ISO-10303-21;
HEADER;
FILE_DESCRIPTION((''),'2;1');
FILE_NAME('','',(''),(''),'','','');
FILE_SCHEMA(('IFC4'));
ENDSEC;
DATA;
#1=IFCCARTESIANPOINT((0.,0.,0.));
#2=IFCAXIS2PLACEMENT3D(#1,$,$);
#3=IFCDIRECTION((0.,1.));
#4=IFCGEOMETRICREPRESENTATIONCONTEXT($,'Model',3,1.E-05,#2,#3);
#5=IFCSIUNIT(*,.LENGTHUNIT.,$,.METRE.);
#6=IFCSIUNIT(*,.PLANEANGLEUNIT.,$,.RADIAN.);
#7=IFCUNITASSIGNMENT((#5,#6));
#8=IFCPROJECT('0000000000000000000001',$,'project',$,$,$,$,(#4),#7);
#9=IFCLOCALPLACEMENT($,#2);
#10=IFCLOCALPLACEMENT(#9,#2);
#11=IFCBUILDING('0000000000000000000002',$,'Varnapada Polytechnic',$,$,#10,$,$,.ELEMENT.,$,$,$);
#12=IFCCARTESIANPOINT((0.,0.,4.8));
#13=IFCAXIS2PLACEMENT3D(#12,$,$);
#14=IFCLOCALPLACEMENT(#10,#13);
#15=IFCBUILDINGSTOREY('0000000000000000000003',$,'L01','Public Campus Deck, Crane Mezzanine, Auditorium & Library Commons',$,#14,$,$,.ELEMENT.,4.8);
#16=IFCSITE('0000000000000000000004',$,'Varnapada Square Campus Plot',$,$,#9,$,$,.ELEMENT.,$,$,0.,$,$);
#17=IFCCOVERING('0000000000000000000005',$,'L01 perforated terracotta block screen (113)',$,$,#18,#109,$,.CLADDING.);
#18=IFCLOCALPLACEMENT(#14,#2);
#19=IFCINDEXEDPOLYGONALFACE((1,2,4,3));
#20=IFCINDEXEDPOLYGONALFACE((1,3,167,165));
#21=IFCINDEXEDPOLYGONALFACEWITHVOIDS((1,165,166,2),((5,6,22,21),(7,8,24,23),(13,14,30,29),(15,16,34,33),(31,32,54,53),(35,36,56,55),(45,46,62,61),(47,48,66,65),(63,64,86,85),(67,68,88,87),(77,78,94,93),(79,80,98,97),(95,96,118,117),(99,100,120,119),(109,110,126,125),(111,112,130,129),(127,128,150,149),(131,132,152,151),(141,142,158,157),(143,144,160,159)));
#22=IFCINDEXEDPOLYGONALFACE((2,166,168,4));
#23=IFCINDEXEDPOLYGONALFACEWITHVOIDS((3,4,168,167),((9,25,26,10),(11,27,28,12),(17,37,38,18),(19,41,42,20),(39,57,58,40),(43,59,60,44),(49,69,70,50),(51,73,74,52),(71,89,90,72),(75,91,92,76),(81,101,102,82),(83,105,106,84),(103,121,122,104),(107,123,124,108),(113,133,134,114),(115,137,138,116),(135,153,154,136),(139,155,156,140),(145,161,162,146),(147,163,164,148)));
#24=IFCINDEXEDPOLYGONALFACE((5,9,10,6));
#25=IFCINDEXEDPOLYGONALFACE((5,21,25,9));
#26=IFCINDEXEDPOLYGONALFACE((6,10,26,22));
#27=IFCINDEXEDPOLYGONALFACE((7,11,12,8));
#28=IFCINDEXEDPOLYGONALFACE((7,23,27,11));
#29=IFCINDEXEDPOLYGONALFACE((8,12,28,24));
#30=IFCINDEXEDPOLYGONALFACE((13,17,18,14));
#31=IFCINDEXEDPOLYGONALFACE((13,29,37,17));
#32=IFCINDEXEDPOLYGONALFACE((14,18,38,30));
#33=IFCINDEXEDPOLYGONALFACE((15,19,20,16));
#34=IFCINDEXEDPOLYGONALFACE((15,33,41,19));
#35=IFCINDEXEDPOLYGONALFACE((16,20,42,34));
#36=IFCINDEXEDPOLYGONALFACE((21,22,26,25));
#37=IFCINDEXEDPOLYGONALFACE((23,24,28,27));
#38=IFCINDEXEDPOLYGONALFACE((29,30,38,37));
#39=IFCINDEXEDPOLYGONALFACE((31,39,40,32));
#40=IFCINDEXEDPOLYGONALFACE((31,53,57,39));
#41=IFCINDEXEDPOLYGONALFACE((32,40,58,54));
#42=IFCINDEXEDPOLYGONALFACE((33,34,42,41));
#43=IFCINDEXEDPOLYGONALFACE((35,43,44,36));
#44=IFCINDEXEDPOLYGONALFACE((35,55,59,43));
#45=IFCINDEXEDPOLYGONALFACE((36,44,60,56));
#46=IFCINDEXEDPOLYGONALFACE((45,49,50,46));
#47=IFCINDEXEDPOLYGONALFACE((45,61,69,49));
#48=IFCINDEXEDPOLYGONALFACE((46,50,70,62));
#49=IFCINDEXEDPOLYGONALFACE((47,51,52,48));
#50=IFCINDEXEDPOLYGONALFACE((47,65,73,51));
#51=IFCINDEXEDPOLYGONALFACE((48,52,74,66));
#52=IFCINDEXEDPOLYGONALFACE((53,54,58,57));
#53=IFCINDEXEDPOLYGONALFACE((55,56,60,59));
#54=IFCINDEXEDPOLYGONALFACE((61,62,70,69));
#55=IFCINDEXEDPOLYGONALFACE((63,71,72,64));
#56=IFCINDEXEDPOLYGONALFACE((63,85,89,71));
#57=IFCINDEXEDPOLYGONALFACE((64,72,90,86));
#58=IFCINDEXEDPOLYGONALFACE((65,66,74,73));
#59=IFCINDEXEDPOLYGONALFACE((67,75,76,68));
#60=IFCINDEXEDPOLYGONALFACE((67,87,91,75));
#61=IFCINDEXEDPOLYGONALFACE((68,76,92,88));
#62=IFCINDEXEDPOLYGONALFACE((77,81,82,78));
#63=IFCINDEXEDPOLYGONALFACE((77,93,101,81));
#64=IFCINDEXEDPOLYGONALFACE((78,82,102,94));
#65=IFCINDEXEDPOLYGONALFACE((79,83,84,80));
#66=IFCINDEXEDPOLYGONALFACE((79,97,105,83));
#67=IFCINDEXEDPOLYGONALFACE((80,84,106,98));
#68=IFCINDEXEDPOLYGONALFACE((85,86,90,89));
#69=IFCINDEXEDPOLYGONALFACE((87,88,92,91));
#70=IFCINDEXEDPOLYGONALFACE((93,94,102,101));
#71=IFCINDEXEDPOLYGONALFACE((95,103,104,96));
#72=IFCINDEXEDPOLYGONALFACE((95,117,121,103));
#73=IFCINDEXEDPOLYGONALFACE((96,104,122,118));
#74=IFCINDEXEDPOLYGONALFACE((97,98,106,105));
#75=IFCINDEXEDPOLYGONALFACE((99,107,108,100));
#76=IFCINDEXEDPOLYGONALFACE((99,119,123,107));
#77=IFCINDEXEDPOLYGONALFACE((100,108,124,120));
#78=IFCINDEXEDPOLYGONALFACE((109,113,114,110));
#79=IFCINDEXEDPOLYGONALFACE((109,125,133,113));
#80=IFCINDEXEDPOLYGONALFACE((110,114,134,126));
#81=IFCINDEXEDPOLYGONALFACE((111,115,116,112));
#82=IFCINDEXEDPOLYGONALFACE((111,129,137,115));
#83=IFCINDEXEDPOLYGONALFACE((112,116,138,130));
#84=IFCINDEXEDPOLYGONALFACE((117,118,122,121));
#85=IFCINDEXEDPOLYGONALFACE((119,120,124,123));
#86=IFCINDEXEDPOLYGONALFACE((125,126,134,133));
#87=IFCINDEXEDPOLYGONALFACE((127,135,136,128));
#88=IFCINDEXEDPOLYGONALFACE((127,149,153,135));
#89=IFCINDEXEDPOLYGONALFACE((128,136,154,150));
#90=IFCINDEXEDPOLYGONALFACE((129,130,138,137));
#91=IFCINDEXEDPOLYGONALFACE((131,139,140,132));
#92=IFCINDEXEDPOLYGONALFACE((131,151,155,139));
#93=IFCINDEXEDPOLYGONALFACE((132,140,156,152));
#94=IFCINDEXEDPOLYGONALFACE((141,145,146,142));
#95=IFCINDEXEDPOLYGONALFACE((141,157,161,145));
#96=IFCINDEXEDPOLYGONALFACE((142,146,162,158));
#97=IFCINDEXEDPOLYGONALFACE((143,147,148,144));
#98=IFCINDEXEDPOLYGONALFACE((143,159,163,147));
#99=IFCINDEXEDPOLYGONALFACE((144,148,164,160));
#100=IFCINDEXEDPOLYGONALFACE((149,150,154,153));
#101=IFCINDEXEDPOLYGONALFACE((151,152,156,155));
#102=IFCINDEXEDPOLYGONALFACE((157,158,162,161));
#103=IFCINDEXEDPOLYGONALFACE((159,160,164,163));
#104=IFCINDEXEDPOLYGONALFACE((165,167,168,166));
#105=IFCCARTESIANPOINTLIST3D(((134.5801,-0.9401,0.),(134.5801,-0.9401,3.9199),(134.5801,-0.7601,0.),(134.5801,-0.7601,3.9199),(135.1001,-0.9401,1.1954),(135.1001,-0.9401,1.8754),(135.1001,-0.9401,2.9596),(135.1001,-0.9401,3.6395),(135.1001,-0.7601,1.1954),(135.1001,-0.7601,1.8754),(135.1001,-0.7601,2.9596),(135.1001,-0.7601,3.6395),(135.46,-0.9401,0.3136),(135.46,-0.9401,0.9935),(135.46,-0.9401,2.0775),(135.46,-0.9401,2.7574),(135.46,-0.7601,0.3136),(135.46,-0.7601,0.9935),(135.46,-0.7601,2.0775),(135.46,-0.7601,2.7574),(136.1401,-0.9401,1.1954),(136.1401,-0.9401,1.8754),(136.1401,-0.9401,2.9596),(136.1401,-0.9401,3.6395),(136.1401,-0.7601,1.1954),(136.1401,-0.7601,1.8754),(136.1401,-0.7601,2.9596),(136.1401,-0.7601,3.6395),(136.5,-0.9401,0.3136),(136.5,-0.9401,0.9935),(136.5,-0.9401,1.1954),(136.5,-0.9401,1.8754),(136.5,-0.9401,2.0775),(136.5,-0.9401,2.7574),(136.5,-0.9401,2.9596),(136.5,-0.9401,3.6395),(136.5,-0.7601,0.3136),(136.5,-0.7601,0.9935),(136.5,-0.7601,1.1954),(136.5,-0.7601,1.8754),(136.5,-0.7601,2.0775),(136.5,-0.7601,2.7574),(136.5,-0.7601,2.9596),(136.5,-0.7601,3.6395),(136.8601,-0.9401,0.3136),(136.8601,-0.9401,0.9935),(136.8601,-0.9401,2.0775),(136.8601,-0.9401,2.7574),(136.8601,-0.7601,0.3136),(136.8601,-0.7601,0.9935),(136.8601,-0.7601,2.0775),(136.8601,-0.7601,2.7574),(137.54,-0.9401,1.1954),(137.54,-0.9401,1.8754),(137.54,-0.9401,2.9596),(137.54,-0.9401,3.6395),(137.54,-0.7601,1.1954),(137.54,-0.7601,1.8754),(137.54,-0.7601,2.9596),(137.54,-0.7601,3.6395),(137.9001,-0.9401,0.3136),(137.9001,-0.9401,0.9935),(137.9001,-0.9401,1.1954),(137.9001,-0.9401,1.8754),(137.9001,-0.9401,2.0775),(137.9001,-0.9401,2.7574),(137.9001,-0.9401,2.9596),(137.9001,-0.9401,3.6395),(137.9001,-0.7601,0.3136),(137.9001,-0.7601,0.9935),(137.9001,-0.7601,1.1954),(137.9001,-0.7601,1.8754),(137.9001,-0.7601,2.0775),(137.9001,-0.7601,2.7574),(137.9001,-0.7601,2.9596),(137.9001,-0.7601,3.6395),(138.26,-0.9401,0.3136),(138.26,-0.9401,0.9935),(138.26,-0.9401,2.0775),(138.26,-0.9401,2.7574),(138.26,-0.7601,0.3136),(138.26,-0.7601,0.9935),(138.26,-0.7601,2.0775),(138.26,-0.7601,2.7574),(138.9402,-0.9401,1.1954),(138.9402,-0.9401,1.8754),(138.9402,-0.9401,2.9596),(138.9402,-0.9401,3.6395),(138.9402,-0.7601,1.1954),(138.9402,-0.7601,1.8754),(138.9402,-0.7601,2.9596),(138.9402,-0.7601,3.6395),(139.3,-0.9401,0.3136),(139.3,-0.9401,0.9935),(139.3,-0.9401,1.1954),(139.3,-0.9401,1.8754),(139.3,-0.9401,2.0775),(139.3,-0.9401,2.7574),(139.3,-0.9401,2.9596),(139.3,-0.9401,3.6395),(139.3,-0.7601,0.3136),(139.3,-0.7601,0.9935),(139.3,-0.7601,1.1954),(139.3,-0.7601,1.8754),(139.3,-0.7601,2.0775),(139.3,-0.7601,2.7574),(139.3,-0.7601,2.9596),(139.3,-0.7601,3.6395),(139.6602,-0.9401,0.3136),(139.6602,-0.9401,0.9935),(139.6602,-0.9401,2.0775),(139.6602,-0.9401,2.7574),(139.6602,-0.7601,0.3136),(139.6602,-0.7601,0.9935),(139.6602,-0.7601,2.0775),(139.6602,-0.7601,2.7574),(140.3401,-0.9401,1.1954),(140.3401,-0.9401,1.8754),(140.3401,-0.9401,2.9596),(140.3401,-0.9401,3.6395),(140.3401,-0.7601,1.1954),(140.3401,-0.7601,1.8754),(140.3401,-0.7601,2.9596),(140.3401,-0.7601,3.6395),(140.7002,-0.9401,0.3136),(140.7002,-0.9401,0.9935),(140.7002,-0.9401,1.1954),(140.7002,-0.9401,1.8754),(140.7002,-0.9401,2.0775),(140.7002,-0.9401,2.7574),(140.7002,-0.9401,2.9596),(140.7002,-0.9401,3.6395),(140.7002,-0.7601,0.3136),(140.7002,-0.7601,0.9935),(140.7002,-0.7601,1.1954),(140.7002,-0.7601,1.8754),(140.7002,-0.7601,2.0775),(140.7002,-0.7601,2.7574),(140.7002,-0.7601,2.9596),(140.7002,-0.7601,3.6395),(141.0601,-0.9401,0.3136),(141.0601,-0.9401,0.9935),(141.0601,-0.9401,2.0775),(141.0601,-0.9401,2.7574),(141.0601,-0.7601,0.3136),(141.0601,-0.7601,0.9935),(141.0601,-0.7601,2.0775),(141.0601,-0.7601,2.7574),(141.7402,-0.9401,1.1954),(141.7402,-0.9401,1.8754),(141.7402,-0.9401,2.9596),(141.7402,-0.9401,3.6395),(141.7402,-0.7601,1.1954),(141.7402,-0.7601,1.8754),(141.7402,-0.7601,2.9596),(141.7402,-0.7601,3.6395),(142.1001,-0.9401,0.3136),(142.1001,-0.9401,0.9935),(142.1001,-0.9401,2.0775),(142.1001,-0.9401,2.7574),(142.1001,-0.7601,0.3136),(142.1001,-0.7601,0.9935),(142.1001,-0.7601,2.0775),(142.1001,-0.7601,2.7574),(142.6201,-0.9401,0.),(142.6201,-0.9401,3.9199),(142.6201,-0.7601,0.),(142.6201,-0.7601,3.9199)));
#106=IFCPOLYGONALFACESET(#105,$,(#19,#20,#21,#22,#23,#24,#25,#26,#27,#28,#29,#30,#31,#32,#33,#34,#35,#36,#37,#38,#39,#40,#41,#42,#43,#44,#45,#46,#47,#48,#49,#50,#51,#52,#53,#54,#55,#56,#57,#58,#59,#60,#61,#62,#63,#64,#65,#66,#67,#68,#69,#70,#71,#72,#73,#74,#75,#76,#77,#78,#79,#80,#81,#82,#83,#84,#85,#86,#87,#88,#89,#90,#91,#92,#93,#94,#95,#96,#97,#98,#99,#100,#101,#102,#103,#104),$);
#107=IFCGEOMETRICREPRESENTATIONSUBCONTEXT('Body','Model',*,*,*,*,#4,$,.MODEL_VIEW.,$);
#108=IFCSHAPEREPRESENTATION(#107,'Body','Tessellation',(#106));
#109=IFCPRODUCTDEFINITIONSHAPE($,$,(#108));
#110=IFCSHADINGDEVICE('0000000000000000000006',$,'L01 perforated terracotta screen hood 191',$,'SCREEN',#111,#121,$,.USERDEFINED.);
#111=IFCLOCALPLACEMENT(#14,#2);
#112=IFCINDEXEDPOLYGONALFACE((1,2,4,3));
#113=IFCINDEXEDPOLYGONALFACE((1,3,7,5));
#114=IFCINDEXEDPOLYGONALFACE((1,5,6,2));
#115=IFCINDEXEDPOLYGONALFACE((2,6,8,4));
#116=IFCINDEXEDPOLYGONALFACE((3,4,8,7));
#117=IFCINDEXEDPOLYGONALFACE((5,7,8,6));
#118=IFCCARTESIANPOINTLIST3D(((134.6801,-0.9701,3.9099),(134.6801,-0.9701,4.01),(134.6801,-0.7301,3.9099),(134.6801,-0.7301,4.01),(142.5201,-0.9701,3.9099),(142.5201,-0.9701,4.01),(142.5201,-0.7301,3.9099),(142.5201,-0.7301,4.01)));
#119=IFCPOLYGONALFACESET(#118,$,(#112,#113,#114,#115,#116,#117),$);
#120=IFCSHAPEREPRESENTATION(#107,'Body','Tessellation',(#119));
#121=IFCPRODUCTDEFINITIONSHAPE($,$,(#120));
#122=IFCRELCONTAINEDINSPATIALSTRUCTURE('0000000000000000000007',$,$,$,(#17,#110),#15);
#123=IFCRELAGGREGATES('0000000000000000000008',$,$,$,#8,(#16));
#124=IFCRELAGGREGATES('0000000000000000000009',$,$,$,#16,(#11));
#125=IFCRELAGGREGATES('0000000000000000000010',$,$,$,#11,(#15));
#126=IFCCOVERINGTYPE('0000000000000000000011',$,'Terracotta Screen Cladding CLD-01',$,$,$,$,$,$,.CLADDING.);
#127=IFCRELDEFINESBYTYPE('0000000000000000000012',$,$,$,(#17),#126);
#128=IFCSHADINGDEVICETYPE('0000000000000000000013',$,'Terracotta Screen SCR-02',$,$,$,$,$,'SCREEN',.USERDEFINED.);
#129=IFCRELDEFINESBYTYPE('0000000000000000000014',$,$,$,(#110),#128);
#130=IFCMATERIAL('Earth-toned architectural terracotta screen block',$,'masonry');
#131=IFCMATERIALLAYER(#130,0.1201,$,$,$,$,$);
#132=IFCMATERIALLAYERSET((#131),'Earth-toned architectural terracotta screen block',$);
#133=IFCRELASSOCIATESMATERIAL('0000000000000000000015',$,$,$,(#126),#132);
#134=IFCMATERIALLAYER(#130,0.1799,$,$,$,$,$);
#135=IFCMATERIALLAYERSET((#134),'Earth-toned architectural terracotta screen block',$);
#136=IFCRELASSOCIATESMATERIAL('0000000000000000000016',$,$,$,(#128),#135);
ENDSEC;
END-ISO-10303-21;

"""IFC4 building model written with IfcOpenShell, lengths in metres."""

from ifc_helpers import new_model, si_unit, direction, frame, frame_2d, origin, origin_2d, place, context, subcontext, project, spatial, rectangle, extrude, material, layer, layer_set, type_object, element, save


model = new_model("IFC4")

# Units and contexts
model_context = context("Model", 3, precision=1e-05, world=origin(), true_north=direction((0.0, 1.0)))
body_context = subcontext(model_context, "Body", "Model", "MODEL_VIEW")
ifc_project = project(units=[si_unit("LENGTHUNIT", "METRE"), si_unit("PLANEANGLEUNIT", "RADIAN")], contexts=[model_context])

# Site, building, storey
site_placement = place(None, origin())
site = spatial("IfcSite", under=ifc_project, at=site_placement, Name="Varnapada Square Campus Plot", CompositionType="ELEMENT", RefElevation=0.0)
building_placement = place(site_placement, origin())
building = spatial("IfcBuilding", under=site, at=building_placement, Name="Varnapada Polytechnic", CompositionType="ELEMENT")
storey_placement = place(building_placement, frame((0.0, 0.0, 4.8)))
storey = spatial("IfcBuildingStorey", under=building, at=storey_placement, Name="L01", Description="Public Campus Deck, Crane Mezzanine, Auditorium & Library Commons", CompositionType="ELEMENT", Elevation=4.8)

# Covering, openings
ifc_material_1 = material(Name="Earth-toned architectural terracotta screen block", Category="masonry")
ifc_layer_1 = layer(ifc_material_1, 0.1201)
ifc_layer_set_1 = layer_set([ifc_layer_1], Name="Earth-toned architectural terracotta screen block")
covering_type_1 = type_object("IfcCoveringType", Name="Terracotta Screen Cladding CLD-01", PredefinedType="CLADDING", material=ifc_layer_set_1)
covering_1_placement = place(storey_placement, frame((142.6201, -0.8501, 0.0), z_axis=(0.0, 0.0, 1.0), x_axis=(-1.0, 0.0, 0.0)))
covering_1 = element("IfcCovering", 1, at=covering_1_placement, inside=storey, type_object=covering_type_1, Name="L01 perforated terracotta block screen (113)", PredefinedType="CLADDING", context=body_context, shape_type="SweptSolid", body=[
    extrude(rectangle(XDim=8.04, YDim=0.1799, at=frame_2d((4.02, 0.0))), origin(), (0.0, 0.0, 1.0), 3.9199),
])
opening_1_placement = place(covering_1_placement, frame((0.52, 0.0, 0.3137)))
element("IfcOpeningElement", 2, at=opening_1_placement, cuts=covering_1, PredefinedType="OPENING", context=body_context, shape_type="SweptSolid", body=[
    extrude(rectangle(XDim=1.04, YDim=0.6799, at=frame_2d((0.52, 0.3398))), frame((0.0, 0.0999, 0.0), z_axis=(0.0, -1.0, 0.0), x_axis=(1.0, 0.0, 0.0)), (0.0, 0.0, 1.0), 0.2),
])
opening_2_placement = place(covering_1_placement, frame((1.9199, 0.0, 0.3137)))
element("IfcOpeningElement", 3, at=opening_2_placement, cuts=covering_1, PredefinedType="OPENING", context=body_context, shape_type="SweptSolid", body=[
    extrude(rectangle(XDim=1.04, YDim=0.6799, at=frame_2d((0.52, 0.3398))), frame((0.0, 0.0999, 0.0), z_axis=(0.0, -1.0, 0.0), x_axis=(1.0, 0.0, 0.0)), (0.0, 0.0, 1.0), 0.2),
])
opening_3_placement = place(covering_1_placement, frame((3.3201, 0.0, 0.3137)))
element("IfcOpeningElement", 4, at=opening_3_placement, cuts=covering_1, PredefinedType="OPENING", context=body_context, shape_type="SweptSolid", body=[
    extrude(rectangle(XDim=1.04, YDim=0.6799, at=frame_2d((0.52, 0.3398))), frame((0.0, 0.0999, 0.0), z_axis=(0.0, -1.0, 0.0), x_axis=(1.0, 0.0, 0.0)), (0.0, 0.0, 1.0), 0.2),
])
opening_4_placement = place(covering_1_placement, frame((4.72, 0.0, 0.3137)))
element("IfcOpeningElement", 5, at=opening_4_placement, cuts=covering_1, PredefinedType="OPENING", context=body_context, shape_type="SweptSolid", body=[
    extrude(rectangle(XDim=1.04, YDim=0.6799, at=frame_2d((0.52, 0.3398))), frame((0.0, 0.0999, 0.0), z_axis=(0.0, -1.0, 0.0), x_axis=(1.0, 0.0, 0.0)), (0.0, 0.0, 1.0), 0.2),
])
opening_5_placement = place(covering_1_placement, frame((6.1201, 0.0, 0.3137)))
element("IfcOpeningElement", 6, at=opening_5_placement, cuts=covering_1, PredefinedType="OPENING", context=body_context, shape_type="SweptSolid", body=[
    extrude(rectangle(XDim=1.04, YDim=0.6799, at=frame_2d((0.52, 0.3398))), frame((0.0, 0.0999, 0.0), z_axis=(0.0, -1.0, 0.0), x_axis=(1.0, 0.0, 0.0)), (0.0, 0.0, 1.0), 0.2),
])
opening_6_placement = place(covering_1_placement, frame((0.8799, 0.0, 1.1956)))
element("IfcOpeningElement", 7, at=opening_6_placement, cuts=covering_1, PredefinedType="OPENING", context=body_context, shape_type="SweptSolid", body=[
    extrude(rectangle(XDim=1.04, YDim=0.6799, at=frame_2d((0.52, 0.3398))), frame((0.0, 0.0999, 0.0), z_axis=(0.0, -1.0, 0.0), x_axis=(1.0, 0.0, 0.0)), (0.0, 0.0, 1.0), 0.2),
])
opening_7_placement = place(covering_1_placement, frame((2.28, 0.0, 1.1956)))
element("IfcOpeningElement", 8, at=opening_7_placement, cuts=covering_1, PredefinedType="OPENING", context=body_context, shape_type="SweptSolid", body=[
    extrude(rectangle(XDim=1.04, YDim=0.6799, at=frame_2d((0.52, 0.3398))), frame((0.0, 0.0999, 0.0), z_axis=(0.0, -1.0, 0.0), x_axis=(1.0, 0.0, 0.0)), (0.0, 0.0, 1.0), 0.2),
])
opening_8_placement = place(covering_1_placement, frame((3.6799, 0.0, 1.1956)))
element("IfcOpeningElement", 9, at=opening_8_placement, cuts=covering_1, PredefinedType="OPENING", context=body_context, shape_type="SweptSolid", body=[
    extrude(rectangle(XDim=1.04, YDim=0.6799, at=frame_2d((0.52, 0.3398))), frame((0.0, 0.0999, 0.0), z_axis=(0.0, -1.0, 0.0), x_axis=(1.0, 0.0, 0.0)), (0.0, 0.0, 1.0), 0.2),
])
opening_9_placement = place(covering_1_placement, frame((5.0801, 0.0, 1.1956)))
element("IfcOpeningElement", 10, at=opening_9_placement, cuts=covering_1, PredefinedType="OPENING", context=body_context, shape_type="SweptSolid", body=[
    extrude(rectangle(XDim=1.04, YDim=0.6799, at=frame_2d((0.52, 0.3398))), frame((0.0, 0.0999, 0.0), z_axis=(0.0, -1.0, 0.0), x_axis=(1.0, 0.0, 0.0)), (0.0, 0.0, 1.0), 0.2),
])
opening_10_placement = place(covering_1_placement, frame((6.48, 0.0, 1.1956)))
element("IfcOpeningElement", 11, at=opening_10_placement, cuts=covering_1, PredefinedType="OPENING", context=body_context, shape_type="SweptSolid", body=[
    extrude(rectangle(XDim=1.04, YDim=0.6799, at=frame_2d((0.52, 0.3398))), frame((0.0, 0.0999, 0.0), z_axis=(0.0, -1.0, 0.0), x_axis=(1.0, 0.0, 0.0)), (0.0, 0.0, 1.0), 0.2),
])
opening_11_placement = place(covering_1_placement, frame((0.52, 0.0, 2.0776)))
element("IfcOpeningElement", 12, at=opening_11_placement, cuts=covering_1, PredefinedType="OPENING", context=body_context, shape_type="SweptSolid", body=[
    extrude(rectangle(XDim=1.04, YDim=0.6799, at=frame_2d((0.52, 0.3398))), frame((0.0, 0.0999, 0.0), z_axis=(0.0, -1.0, 0.0), x_axis=(1.0, 0.0, 0.0)), (0.0, 0.0, 1.0), 0.2),
])
opening_12_placement = place(covering_1_placement, frame((1.9199, 0.0, 2.0776)))
element("IfcOpeningElement", 13, at=opening_12_placement, cuts=covering_1, PredefinedType="OPENING", context=body_context, shape_type="SweptSolid", body=[
    extrude(rectangle(XDim=1.04, YDim=0.6799, at=frame_2d((0.52, 0.3398))), frame((0.0, 0.0999, 0.0), z_axis=(0.0, -1.0, 0.0), x_axis=(1.0, 0.0, 0.0)), (0.0, 0.0, 1.0), 0.2),
])
opening_13_placement = place(covering_1_placement, frame((3.3201, 0.0, 2.0776)))
element("IfcOpeningElement", 14, at=opening_13_placement, cuts=covering_1, PredefinedType="OPENING", context=body_context, shape_type="SweptSolid", body=[
    extrude(rectangle(XDim=1.04, YDim=0.6799, at=frame_2d((0.52, 0.3398))), frame((0.0, 0.0999, 0.0), z_axis=(0.0, -1.0, 0.0), x_axis=(1.0, 0.0, 0.0)), (0.0, 0.0, 1.0), 0.2),
])
opening_14_placement = place(covering_1_placement, frame((4.72, 0.0, 2.0776)))
element("IfcOpeningElement", 15, at=opening_14_placement, cuts=covering_1, PredefinedType="OPENING", context=body_context, shape_type="SweptSolid", body=[
    extrude(rectangle(XDim=1.04, YDim=0.6799, at=frame_2d((0.52, 0.3398))), frame((0.0, 0.0999, 0.0), z_axis=(0.0, -1.0, 0.0), x_axis=(1.0, 0.0, 0.0)), (0.0, 0.0, 1.0), 0.2),
])
opening_15_placement = place(covering_1_placement, frame((6.1201, 0.0, 2.0776)))
element("IfcOpeningElement", 16, at=opening_15_placement, cuts=covering_1, PredefinedType="OPENING", context=body_context, shape_type="SweptSolid", body=[
    extrude(rectangle(XDim=1.04, YDim=0.6799, at=frame_2d((0.52, 0.3398))), frame((0.0, 0.0999, 0.0), z_axis=(0.0, -1.0, 0.0), x_axis=(1.0, 0.0, 0.0)), (0.0, 0.0, 1.0), 0.2),
])
opening_16_placement = place(covering_1_placement, frame((0.8799, 0.0, 2.9597)))
element("IfcOpeningElement", 17, at=opening_16_placement, cuts=covering_1, PredefinedType="OPENING", context=body_context, shape_type="SweptSolid", body=[
    extrude(rectangle(XDim=1.04, YDim=0.6799, at=frame_2d((0.52, 0.3398))), frame((0.0, 0.0999, 0.0), z_axis=(0.0, -1.0, 0.0), x_axis=(1.0, 0.0, 0.0)), (0.0, 0.0, 1.0), 0.2),
])
opening_17_placement = place(covering_1_placement, frame((2.28, 0.0, 2.9597)))
element("IfcOpeningElement", 18, at=opening_17_placement, cuts=covering_1, PredefinedType="OPENING", context=body_context, shape_type="SweptSolid", body=[
    extrude(rectangle(XDim=1.04, YDim=0.6799, at=frame_2d((0.52, 0.3398))), frame((0.0, 0.0999, 0.0), z_axis=(0.0, -1.0, 0.0), x_axis=(1.0, 0.0, 0.0)), (0.0, 0.0, 1.0), 0.2),
])
opening_18_placement = place(covering_1_placement, frame((3.6799, 0.0, 2.9597)))
element("IfcOpeningElement", 19, at=opening_18_placement, cuts=covering_1, PredefinedType="OPENING", context=body_context, shape_type="SweptSolid", body=[
    extrude(rectangle(XDim=1.04, YDim=0.6799, at=frame_2d((0.52, 0.3398))), frame((0.0, 0.0999, 0.0), z_axis=(0.0, -1.0, 0.0), x_axis=(1.0, 0.0, 0.0)), (0.0, 0.0, 1.0), 0.2),
])
opening_19_placement = place(covering_1_placement, frame((5.0801, 0.0, 2.9597)))
element("IfcOpeningElement", 20, at=opening_19_placement, cuts=covering_1, PredefinedType="OPENING", context=body_context, shape_type="SweptSolid", body=[
    extrude(rectangle(XDim=1.04, YDim=0.6799, at=frame_2d((0.52, 0.3398))), frame((0.0, 0.0999, 0.0), z_axis=(0.0, -1.0, 0.0), x_axis=(1.0, 0.0, 0.0)), (0.0, 0.0, 1.0), 0.2),
])
opening_20_placement = place(covering_1_placement, frame((6.48, 0.0, 2.9597)))
element("IfcOpeningElement", 21, at=opening_20_placement, cuts=covering_1, PredefinedType="OPENING", context=body_context, shape_type="SweptSolid", body=[
    extrude(rectangle(XDim=1.04, YDim=0.6799, at=frame_2d((0.52, 0.3398))), frame((0.0, 0.0999, 0.0), z_axis=(0.0, -1.0, 0.0), x_axis=(1.0, 0.0, 0.0)), (0.0, 0.0, 1.0), 0.2),
])

# Shading device
ifc_layer_2 = layer(ifc_material_1, 0.1799)
ifc_layer_set_2 = layer_set([ifc_layer_2], Name="Earth-toned architectural terracotta screen block")
shading_device_type = type_object("IfcShadingDeviceType", Name="Terracotta Screen SCR-02", ElementType="SCREEN", PredefinedType="USERDEFINED", material=ifc_layer_set_2)
shading_device_placement = place(storey_placement, frame((138.6001, -0.8501, 3.9099), z_axis=(0.0, 0.0, 1.0), x_axis=(-1.0, 0.0, 0.0)))
element("IfcShadingDevice", 22, at=shading_device_placement, inside=storey, type_object=shading_device_type, Name="L01 perforated terracotta screen hood 191", ObjectType="SCREEN", PredefinedType="USERDEFINED", context=body_context, shape_type="SweptSolid", body=[
    extrude(rectangle(XDim=7.8401, YDim=0.24, at=origin_2d()), origin(), (0.0, 0.0, 1.0), 0.1001),
])

save(model, "model.ifc")
